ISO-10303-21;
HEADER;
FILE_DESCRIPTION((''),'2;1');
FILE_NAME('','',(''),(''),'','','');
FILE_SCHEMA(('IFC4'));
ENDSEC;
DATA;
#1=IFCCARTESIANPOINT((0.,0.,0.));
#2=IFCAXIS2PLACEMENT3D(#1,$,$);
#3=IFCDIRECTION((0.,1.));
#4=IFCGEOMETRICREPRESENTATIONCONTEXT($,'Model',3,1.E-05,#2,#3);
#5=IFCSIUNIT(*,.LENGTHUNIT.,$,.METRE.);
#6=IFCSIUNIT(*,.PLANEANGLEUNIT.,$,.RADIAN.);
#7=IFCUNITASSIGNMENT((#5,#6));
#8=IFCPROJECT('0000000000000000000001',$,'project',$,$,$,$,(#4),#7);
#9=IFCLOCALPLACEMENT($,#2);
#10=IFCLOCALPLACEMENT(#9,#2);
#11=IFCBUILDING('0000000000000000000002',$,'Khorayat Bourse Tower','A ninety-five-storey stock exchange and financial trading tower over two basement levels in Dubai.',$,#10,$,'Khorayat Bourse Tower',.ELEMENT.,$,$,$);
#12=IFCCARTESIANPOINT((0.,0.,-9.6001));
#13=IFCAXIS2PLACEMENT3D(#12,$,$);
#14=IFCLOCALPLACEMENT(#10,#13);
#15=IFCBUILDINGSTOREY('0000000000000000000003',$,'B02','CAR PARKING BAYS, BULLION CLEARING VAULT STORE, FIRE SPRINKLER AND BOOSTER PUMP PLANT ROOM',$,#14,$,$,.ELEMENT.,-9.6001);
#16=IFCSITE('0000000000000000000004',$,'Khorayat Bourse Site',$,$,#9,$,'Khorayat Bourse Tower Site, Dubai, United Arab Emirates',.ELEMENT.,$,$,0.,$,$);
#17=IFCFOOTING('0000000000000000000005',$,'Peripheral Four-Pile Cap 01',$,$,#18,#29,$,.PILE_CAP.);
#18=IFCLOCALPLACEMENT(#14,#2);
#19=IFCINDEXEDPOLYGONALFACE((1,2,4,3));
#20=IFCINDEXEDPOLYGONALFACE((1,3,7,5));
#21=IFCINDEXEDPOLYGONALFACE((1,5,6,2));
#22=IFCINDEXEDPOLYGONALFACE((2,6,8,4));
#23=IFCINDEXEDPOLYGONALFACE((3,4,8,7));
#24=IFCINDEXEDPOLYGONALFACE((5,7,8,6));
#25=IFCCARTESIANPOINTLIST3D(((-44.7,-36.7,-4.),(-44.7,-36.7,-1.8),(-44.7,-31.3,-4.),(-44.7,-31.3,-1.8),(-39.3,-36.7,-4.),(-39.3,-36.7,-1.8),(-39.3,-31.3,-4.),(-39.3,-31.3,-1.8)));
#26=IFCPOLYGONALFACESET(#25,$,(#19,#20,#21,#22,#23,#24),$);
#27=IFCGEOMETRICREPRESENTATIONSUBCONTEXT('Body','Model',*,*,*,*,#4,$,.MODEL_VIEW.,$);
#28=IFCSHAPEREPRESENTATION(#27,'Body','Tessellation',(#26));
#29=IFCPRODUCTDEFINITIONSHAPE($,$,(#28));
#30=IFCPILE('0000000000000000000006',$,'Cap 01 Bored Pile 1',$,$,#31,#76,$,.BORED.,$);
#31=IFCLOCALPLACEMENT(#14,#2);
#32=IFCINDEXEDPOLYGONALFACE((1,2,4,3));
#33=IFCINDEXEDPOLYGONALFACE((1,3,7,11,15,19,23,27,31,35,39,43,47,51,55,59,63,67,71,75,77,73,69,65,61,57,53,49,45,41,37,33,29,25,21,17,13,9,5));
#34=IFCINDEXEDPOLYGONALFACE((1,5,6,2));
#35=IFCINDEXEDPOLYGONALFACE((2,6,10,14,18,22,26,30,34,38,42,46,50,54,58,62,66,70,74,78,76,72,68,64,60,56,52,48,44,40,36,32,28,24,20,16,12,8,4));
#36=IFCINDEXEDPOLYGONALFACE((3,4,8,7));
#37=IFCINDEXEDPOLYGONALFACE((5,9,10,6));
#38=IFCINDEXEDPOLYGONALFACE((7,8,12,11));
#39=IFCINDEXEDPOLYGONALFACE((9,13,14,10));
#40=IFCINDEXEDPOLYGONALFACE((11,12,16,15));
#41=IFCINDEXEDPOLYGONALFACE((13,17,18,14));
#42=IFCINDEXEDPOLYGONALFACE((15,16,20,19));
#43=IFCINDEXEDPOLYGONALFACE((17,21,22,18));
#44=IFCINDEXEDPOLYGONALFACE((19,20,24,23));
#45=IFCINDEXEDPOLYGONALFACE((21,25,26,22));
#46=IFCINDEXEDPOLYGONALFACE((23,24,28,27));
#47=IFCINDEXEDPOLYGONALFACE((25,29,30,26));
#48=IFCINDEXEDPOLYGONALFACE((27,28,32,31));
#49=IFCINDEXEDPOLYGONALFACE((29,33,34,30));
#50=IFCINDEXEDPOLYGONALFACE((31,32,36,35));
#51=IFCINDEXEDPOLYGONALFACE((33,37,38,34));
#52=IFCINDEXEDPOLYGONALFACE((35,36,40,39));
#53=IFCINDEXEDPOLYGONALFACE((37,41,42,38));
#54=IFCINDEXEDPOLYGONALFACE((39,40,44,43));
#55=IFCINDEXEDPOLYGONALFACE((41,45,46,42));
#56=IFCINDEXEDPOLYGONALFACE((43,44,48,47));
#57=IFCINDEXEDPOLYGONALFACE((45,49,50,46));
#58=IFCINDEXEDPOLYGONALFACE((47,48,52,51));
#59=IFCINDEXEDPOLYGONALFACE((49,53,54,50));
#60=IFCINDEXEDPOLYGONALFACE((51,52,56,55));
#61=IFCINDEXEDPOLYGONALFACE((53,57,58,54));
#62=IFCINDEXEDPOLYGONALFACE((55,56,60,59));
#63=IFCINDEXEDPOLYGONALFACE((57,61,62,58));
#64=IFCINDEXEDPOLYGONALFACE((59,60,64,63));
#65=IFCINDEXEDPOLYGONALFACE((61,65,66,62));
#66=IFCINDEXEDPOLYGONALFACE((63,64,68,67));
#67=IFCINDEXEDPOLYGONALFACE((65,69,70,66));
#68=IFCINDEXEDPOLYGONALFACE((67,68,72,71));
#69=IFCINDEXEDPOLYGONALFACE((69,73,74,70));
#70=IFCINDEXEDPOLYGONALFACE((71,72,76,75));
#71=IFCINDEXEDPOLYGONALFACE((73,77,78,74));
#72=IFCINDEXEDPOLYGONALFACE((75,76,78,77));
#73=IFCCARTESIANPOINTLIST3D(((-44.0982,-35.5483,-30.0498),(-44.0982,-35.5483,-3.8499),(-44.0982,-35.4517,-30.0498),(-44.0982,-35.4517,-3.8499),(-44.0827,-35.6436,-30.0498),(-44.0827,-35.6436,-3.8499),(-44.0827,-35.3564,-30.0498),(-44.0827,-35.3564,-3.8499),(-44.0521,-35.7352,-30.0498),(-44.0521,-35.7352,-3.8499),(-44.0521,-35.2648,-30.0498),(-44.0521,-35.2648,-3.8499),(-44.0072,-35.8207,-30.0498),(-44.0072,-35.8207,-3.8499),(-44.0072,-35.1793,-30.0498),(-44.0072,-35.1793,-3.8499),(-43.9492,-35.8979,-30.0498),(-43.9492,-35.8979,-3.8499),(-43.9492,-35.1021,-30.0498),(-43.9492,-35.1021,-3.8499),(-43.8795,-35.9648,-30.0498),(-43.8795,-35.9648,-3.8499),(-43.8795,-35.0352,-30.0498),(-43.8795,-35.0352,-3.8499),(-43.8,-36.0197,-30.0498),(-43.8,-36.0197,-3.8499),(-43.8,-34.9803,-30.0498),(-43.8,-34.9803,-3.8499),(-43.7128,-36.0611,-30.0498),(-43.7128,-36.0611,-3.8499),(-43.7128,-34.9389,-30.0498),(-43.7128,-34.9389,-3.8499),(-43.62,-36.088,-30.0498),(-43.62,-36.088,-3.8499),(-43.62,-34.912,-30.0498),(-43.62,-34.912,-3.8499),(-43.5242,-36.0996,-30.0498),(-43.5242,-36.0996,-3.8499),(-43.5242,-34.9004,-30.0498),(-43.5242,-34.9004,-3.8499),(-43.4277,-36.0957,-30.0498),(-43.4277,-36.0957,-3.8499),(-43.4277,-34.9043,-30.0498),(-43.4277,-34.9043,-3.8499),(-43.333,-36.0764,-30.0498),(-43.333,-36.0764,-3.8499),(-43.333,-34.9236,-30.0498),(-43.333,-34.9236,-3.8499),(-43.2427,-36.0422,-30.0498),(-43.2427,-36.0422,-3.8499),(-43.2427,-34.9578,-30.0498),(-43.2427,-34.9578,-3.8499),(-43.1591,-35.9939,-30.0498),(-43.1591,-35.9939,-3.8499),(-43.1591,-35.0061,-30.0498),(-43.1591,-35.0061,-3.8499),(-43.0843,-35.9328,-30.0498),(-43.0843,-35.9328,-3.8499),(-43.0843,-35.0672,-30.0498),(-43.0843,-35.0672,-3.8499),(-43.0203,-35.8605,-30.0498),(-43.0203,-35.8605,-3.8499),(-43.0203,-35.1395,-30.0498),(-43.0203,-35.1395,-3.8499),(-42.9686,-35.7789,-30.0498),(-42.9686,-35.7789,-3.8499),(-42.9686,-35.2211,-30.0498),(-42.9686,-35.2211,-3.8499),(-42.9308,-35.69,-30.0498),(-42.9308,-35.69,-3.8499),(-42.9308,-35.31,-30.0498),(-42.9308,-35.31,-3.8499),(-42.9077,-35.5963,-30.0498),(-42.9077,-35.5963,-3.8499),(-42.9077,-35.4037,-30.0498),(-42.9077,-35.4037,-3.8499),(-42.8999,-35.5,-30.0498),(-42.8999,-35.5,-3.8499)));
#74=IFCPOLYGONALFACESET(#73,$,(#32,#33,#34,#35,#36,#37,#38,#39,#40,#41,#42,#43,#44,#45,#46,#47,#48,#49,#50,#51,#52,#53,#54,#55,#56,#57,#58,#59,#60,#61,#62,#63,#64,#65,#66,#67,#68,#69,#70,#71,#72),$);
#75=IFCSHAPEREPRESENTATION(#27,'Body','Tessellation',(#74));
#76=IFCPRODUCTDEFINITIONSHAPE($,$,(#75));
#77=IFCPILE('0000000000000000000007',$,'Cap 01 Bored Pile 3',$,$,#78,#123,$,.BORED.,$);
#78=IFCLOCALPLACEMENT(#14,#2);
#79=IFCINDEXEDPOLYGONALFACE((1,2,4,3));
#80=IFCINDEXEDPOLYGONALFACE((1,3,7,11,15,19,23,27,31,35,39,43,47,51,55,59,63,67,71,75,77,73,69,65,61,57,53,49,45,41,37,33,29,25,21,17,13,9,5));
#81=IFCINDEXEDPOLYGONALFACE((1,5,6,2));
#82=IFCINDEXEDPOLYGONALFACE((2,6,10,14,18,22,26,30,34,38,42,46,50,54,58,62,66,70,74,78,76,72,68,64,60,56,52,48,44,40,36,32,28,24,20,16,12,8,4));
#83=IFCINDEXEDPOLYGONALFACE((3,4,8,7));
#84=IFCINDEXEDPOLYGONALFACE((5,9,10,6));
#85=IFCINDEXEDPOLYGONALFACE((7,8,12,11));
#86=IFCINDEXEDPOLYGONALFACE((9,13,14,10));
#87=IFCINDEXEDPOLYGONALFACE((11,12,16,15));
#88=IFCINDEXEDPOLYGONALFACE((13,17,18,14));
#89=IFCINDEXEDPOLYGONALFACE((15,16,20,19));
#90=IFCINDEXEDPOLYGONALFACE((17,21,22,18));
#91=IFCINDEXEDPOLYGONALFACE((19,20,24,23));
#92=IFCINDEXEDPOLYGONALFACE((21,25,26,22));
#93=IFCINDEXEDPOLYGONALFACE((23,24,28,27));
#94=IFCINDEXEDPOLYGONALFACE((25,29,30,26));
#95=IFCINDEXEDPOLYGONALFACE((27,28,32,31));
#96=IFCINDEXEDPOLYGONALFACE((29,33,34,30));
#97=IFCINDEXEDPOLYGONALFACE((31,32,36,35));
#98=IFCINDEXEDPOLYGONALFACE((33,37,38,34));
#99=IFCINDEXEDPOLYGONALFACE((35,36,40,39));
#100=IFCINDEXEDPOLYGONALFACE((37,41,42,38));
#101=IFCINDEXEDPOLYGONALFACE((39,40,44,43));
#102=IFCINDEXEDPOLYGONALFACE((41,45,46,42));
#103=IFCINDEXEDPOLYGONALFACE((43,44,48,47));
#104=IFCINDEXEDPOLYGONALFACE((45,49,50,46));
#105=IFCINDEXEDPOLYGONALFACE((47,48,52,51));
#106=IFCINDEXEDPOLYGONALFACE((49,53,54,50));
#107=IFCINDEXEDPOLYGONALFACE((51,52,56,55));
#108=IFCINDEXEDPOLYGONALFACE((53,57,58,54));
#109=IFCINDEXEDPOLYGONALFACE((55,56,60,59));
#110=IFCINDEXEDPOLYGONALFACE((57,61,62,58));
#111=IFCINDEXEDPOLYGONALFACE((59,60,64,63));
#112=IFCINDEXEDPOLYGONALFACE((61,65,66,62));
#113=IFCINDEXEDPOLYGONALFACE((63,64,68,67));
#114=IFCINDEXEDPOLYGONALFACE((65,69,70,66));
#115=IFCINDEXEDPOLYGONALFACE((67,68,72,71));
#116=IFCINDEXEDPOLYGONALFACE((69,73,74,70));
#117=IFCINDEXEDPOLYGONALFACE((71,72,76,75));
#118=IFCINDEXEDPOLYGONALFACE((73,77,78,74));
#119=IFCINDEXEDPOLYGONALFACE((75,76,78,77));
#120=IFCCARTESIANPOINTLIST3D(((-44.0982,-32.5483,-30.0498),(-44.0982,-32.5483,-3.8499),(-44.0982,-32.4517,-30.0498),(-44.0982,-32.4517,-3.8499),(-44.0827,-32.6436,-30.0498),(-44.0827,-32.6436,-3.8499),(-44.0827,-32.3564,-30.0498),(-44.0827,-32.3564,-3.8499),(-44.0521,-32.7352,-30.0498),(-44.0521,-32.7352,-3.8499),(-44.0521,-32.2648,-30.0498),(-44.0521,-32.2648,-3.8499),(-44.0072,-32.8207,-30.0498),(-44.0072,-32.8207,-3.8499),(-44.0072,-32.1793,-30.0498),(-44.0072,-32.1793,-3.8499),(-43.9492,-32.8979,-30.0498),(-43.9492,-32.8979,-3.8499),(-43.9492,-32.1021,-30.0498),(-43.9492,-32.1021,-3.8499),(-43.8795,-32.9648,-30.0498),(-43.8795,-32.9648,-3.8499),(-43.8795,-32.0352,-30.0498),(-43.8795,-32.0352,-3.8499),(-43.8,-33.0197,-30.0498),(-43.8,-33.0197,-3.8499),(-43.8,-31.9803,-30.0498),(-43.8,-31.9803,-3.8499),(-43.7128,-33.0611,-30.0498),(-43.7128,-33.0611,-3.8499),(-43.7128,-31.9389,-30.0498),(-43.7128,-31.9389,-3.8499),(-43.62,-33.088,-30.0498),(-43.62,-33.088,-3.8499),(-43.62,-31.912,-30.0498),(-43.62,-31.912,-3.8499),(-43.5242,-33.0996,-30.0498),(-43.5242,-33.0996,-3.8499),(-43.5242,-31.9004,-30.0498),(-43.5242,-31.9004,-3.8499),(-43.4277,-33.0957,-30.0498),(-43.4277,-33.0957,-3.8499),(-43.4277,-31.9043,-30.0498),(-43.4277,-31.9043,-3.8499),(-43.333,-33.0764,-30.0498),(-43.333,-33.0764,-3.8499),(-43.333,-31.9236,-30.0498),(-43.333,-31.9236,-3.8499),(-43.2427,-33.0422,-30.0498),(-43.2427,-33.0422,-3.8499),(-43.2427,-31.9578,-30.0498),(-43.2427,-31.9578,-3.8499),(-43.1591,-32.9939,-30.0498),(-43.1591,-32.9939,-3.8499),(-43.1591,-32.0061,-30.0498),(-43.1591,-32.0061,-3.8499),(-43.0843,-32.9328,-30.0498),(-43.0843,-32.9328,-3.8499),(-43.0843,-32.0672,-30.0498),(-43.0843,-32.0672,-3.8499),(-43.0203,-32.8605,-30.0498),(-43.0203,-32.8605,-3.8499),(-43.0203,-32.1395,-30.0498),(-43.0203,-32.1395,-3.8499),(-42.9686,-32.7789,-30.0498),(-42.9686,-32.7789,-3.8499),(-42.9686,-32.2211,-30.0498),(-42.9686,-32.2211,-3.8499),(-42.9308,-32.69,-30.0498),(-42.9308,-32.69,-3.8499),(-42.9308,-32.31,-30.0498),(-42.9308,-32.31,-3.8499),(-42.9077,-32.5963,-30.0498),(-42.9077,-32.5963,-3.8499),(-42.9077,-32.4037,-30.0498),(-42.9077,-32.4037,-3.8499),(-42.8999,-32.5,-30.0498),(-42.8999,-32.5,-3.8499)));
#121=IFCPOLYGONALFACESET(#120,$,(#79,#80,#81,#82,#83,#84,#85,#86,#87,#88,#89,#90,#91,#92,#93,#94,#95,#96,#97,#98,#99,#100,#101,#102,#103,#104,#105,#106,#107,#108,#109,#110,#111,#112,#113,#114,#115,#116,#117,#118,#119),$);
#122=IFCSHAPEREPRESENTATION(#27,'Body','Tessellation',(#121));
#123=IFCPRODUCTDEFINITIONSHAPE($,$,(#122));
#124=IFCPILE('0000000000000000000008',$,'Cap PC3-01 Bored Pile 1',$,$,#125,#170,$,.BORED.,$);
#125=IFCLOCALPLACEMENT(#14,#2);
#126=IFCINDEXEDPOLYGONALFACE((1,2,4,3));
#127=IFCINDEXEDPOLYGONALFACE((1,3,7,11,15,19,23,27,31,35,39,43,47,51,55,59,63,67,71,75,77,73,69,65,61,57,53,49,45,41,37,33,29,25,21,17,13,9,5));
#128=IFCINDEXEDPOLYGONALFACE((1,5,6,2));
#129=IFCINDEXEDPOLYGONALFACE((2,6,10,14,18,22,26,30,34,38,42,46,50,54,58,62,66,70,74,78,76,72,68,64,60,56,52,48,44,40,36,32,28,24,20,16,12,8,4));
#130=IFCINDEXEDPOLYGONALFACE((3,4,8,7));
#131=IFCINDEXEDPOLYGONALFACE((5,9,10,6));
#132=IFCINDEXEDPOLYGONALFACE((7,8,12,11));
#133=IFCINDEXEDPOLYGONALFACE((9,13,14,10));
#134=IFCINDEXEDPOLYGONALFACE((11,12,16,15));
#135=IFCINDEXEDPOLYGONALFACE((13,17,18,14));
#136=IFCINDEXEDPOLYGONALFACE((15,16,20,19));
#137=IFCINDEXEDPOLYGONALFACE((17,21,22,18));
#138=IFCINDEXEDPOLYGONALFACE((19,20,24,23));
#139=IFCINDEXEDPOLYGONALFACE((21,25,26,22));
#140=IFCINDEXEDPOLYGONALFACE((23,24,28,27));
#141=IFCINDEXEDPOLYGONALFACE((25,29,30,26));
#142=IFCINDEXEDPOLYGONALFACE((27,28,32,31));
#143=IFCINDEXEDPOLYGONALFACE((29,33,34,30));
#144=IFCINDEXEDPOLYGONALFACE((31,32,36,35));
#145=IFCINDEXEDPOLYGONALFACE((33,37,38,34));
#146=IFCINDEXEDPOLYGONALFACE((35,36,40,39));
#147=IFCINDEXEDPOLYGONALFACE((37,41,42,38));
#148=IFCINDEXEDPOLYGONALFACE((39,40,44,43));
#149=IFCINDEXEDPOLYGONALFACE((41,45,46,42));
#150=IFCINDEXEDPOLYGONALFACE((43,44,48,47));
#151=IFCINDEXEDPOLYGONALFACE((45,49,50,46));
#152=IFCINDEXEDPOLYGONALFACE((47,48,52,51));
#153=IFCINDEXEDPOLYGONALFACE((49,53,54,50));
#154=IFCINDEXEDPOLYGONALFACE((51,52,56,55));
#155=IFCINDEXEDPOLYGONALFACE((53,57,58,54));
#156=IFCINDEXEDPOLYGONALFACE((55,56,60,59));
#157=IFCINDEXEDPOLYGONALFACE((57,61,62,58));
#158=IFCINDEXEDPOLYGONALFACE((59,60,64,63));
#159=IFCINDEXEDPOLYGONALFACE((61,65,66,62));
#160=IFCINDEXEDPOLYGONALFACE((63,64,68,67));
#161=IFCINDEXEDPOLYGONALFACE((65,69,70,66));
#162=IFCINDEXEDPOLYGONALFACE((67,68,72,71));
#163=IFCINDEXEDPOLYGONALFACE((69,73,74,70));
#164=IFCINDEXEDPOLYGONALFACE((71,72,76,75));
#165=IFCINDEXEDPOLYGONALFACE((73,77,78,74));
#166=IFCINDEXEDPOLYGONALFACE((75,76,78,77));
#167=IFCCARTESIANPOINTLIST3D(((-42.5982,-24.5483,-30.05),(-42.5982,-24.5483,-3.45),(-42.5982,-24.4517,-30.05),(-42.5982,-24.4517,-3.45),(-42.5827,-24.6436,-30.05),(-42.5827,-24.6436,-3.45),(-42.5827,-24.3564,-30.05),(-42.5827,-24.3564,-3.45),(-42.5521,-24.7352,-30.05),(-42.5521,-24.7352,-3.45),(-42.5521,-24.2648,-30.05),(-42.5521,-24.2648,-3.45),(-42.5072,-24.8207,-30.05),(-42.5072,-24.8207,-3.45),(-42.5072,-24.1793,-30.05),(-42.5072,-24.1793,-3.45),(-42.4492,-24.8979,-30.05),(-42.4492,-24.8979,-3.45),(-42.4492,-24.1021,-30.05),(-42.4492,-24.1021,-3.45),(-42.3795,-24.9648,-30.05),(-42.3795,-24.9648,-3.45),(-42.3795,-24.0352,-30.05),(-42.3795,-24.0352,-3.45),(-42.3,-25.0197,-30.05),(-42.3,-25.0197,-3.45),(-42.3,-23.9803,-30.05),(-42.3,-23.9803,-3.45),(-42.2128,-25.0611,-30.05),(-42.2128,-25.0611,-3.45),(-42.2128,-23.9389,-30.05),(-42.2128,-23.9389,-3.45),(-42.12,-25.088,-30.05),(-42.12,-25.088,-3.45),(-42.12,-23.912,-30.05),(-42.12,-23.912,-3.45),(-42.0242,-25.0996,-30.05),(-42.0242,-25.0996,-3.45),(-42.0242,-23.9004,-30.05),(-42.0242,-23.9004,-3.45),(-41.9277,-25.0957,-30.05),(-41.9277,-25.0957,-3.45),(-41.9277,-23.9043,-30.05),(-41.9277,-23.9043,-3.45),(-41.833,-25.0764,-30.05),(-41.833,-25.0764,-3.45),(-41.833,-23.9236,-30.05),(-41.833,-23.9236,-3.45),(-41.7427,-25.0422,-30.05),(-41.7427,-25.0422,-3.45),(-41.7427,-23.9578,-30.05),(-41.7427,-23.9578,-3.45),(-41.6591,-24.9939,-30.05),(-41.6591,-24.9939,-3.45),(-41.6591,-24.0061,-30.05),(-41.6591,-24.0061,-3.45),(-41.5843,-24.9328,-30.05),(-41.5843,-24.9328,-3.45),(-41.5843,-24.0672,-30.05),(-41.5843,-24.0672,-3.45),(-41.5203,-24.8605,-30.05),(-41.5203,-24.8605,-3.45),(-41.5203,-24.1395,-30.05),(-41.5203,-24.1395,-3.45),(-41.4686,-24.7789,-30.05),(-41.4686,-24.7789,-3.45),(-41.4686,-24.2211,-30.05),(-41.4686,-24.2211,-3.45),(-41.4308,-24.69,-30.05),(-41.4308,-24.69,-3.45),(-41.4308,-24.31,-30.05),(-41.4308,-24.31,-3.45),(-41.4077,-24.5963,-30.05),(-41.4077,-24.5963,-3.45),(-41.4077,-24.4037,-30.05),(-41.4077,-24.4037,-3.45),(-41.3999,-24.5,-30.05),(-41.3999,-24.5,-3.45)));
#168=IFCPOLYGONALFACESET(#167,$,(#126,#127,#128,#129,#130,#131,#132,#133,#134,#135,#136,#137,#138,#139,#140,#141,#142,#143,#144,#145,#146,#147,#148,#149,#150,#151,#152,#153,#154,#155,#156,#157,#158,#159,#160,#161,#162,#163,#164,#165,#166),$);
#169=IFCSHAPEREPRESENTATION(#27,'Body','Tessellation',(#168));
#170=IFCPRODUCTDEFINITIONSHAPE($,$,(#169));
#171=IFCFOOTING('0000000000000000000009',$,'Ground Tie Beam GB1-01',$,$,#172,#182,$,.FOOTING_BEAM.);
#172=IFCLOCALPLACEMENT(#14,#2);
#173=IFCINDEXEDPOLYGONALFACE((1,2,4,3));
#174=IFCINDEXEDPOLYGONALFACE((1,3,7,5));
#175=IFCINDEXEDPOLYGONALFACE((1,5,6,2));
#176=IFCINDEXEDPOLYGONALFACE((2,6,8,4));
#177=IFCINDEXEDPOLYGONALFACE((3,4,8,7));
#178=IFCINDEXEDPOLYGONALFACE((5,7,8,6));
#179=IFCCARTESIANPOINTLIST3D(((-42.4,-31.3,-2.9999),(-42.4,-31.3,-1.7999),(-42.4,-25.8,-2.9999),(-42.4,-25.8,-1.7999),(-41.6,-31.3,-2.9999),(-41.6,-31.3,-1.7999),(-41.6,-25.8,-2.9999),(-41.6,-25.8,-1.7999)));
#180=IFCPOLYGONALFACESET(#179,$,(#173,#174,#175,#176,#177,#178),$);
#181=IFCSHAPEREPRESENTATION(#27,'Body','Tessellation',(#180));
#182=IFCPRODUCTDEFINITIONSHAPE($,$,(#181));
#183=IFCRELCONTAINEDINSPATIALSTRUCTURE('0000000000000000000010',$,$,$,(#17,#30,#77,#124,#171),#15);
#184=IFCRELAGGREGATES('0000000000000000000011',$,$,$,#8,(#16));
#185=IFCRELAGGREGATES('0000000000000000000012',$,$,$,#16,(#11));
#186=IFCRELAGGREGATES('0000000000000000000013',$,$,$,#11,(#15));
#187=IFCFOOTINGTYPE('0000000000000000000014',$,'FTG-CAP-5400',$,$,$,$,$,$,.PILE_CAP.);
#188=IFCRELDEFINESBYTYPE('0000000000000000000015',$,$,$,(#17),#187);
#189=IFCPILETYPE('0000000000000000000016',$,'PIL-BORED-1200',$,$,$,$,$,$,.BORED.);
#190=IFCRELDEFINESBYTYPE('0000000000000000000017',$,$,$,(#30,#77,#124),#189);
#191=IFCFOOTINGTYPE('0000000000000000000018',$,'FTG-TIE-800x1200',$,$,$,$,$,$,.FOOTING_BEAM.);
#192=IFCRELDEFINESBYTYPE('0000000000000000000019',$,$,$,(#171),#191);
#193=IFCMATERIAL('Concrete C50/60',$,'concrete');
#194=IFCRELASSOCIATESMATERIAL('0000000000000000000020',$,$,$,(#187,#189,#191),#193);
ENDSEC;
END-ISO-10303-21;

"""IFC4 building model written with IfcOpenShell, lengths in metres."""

from ifc_helpers import new_model, si_unit, direction, frame, origin, origin_2d, place, context, subcontext, project, spatial, rectangle, circle, extrude, source, transform, mapped, material, material_profile, profile_set, type_object, element, save


model = new_model("IFC4")

# Units and contexts
model_context = context("Model", 3, precision=1e-05, world=origin(), true_north=direction((0.0, 1.0)))
body_context = subcontext(model_context, "Body", "Model", "MODEL_VIEW")
ifc_project = project(units=[si_unit("LENGTHUNIT", "METRE"), si_unit("PLANEANGLEUNIT", "RADIAN")], contexts=[model_context])

# Site, building, storey
site_placement = place(None, origin())
site = spatial("IfcSite", under=ifc_project, at=site_placement, Name="Khorayat Bourse Site", LongName="Khorayat Bourse Tower Site, Dubai, United Arab Emirates", CompositionType="ELEMENT", RefElevation=0.0)
building_placement = place(site_placement, origin())
building = spatial("IfcBuilding", under=site, at=building_placement, Name="Khorayat Bourse Tower", Description="A ninety-five-storey stock exchange and financial trading tower over two basement levels in Dubai.", LongName="Khorayat Bourse Tower", CompositionType="ELEMENT")
storey_placement = place(building_placement, frame((0.0, 0.0, -9.6001)))
storey = spatial("IfcBuildingStorey", under=building, at=storey_placement, Name="B02", Description="CAR PARKING BAYS, BULLION CLEARING VAULT STORE, FIRE SPRINKLER AND BOOSTER PUMP PLANT ROOM", CompositionType="ELEMENT", Elevation=-9.6001)

# Footing
ifc_material_1 = material(Name="Concrete C50/60", Category="concrete")
footing_type_1 = type_object("IfcFootingType", Name="FTG-CAP-5400", PredefinedType="PILE_CAP", material=ifc_material_1)
shared_shape_1 = source(origin(), body_context, "Body", "SweptSolid", [
    extrude(rectangle(XDim=5.3999, YDim=5.3999, at=origin_2d()), origin(), (0.0, 0.0, 1.0), 2.2),
])
footing_1_placement = place(storey_placement, frame((-42.0, -34.0, -4.0), z_axis=(0.0, 0.0, 1.0), x_axis=(1.0, 0.0, 0.0)))
element("IfcFooting", 1, at=footing_1_placement, inside=storey, type_object=footing_type_1, Name="Peripheral Four-Pile Cap 01", PredefinedType="PILE_CAP", context=body_context, shape_type="MappedRepresentation", body=[
    mapped(shared_shape_1, transform((0.0, 0.0, 0.0), scale=1.0)),
])

# Piles
ifc_material_profile_1 = material_profile(ifc_material_1, circle(Radius=0.6001, at=origin_2d()), Name="BORED PILE D1200")
ifc_profile_set_1 = profile_set([ifc_material_profile_1], Name="Concrete C50/60")
pile_type = type_object("IfcPileType", Name="PIL-BORED-1200", PredefinedType="BORED", material=ifc_profile_set_1)
shared_shape_2 = source(origin(), body_context, "Body", "SweptSolid", [
    extrude(circle(Radius=0.6001, at=origin_2d()), origin(), (0.0, 0.0, 1.0), 26.2),
])
for number, where, z_axis, x_axis, name in (
    (2, (-43.5, -35.5, -3.8499), (0.0, 0.0, -1.0), (1.0, 0.0, 0.0), "Cap 01 Bored Pile 1"),
    (3, (-43.5, -32.5, -3.8499), (0.0, 0.0, -1.0), (1.0, 0.0, 0.0), "Cap 01 Bored Pile 3"),
):
    element("IfcPile", number, at=place(storey_placement, frame(where, z_axis=z_axis, x_axis=x_axis)), inside=storey, type_object=pile_type, Name=name, PredefinedType="BORED", context=body_context, shape_type="MappedRepresentation", body=[
        mapped(shared_shape_2, transform((0.0, 0.0, 0.0), scale=1.0)),
    ])
shared_shape_3 = source(origin(), body_context, "Body", "SweptSolid", [
    extrude(circle(Radius=0.6001, at=origin_2d()), origin(), (0.0, 0.0, 1.0), 26.6001),
])
pile_placement = place(storey_placement, frame((-42.0, -24.5, -3.45), z_axis=(0.0, 0.0, -1.0), x_axis=(1.0, 0.0, 0.0)))
element("IfcPile", 4, at=pile_placement, inside=storey, type_object=pile_type, Name="Cap PC3-01 Bored Pile 1", PredefinedType="BORED", context=body_context, shape_type="MappedRepresentation", body=[
    mapped(shared_shape_3, transform((0.0, 0.0, 0.0), scale=1.0)),
])

# Footing
ifc_material_profile_2 = material_profile(ifc_material_1, rectangle(XDim=0.8, YDim=1.2, at=origin_2d()), Name="RC 800x1200")
ifc_profile_set_2 = profile_set([ifc_material_profile_2], Name="Concrete C50/60")
footing_type_2 = type_object("IfcFootingType", Name="FTG-TIE-800x1200", PredefinedType="FOOTING_BEAM", material=ifc_profile_set_2)
shared_shape_4 = source(origin(), body_context, "Body", "SweptSolid", [
    extrude(rectangle(XDim=0.8, YDim=1.2, at=origin_2d()), origin(), (0.0, 0.0, 1.0), 5.5),
])
footing_2_placement = place(storey_placement, frame((-42.0, -31.3, -2.3999), z_axis=(0.0, 1.0, 0.0), x_axis=(-1.0, 0.0, 0.0)))
element("IfcFooting", 5, at=footing_2_placement, inside=storey, type_object=footing_type_2, Name="Ground Tie Beam GB1-01", PredefinedType="FOOTING_BEAM", context=body_context, shape_type="MappedRepresentation", body=[
    mapped(shared_shape_4, transform((0.0, 0.0, 0.0), scale=1.0)),
])

save(model, "model.ifc")
